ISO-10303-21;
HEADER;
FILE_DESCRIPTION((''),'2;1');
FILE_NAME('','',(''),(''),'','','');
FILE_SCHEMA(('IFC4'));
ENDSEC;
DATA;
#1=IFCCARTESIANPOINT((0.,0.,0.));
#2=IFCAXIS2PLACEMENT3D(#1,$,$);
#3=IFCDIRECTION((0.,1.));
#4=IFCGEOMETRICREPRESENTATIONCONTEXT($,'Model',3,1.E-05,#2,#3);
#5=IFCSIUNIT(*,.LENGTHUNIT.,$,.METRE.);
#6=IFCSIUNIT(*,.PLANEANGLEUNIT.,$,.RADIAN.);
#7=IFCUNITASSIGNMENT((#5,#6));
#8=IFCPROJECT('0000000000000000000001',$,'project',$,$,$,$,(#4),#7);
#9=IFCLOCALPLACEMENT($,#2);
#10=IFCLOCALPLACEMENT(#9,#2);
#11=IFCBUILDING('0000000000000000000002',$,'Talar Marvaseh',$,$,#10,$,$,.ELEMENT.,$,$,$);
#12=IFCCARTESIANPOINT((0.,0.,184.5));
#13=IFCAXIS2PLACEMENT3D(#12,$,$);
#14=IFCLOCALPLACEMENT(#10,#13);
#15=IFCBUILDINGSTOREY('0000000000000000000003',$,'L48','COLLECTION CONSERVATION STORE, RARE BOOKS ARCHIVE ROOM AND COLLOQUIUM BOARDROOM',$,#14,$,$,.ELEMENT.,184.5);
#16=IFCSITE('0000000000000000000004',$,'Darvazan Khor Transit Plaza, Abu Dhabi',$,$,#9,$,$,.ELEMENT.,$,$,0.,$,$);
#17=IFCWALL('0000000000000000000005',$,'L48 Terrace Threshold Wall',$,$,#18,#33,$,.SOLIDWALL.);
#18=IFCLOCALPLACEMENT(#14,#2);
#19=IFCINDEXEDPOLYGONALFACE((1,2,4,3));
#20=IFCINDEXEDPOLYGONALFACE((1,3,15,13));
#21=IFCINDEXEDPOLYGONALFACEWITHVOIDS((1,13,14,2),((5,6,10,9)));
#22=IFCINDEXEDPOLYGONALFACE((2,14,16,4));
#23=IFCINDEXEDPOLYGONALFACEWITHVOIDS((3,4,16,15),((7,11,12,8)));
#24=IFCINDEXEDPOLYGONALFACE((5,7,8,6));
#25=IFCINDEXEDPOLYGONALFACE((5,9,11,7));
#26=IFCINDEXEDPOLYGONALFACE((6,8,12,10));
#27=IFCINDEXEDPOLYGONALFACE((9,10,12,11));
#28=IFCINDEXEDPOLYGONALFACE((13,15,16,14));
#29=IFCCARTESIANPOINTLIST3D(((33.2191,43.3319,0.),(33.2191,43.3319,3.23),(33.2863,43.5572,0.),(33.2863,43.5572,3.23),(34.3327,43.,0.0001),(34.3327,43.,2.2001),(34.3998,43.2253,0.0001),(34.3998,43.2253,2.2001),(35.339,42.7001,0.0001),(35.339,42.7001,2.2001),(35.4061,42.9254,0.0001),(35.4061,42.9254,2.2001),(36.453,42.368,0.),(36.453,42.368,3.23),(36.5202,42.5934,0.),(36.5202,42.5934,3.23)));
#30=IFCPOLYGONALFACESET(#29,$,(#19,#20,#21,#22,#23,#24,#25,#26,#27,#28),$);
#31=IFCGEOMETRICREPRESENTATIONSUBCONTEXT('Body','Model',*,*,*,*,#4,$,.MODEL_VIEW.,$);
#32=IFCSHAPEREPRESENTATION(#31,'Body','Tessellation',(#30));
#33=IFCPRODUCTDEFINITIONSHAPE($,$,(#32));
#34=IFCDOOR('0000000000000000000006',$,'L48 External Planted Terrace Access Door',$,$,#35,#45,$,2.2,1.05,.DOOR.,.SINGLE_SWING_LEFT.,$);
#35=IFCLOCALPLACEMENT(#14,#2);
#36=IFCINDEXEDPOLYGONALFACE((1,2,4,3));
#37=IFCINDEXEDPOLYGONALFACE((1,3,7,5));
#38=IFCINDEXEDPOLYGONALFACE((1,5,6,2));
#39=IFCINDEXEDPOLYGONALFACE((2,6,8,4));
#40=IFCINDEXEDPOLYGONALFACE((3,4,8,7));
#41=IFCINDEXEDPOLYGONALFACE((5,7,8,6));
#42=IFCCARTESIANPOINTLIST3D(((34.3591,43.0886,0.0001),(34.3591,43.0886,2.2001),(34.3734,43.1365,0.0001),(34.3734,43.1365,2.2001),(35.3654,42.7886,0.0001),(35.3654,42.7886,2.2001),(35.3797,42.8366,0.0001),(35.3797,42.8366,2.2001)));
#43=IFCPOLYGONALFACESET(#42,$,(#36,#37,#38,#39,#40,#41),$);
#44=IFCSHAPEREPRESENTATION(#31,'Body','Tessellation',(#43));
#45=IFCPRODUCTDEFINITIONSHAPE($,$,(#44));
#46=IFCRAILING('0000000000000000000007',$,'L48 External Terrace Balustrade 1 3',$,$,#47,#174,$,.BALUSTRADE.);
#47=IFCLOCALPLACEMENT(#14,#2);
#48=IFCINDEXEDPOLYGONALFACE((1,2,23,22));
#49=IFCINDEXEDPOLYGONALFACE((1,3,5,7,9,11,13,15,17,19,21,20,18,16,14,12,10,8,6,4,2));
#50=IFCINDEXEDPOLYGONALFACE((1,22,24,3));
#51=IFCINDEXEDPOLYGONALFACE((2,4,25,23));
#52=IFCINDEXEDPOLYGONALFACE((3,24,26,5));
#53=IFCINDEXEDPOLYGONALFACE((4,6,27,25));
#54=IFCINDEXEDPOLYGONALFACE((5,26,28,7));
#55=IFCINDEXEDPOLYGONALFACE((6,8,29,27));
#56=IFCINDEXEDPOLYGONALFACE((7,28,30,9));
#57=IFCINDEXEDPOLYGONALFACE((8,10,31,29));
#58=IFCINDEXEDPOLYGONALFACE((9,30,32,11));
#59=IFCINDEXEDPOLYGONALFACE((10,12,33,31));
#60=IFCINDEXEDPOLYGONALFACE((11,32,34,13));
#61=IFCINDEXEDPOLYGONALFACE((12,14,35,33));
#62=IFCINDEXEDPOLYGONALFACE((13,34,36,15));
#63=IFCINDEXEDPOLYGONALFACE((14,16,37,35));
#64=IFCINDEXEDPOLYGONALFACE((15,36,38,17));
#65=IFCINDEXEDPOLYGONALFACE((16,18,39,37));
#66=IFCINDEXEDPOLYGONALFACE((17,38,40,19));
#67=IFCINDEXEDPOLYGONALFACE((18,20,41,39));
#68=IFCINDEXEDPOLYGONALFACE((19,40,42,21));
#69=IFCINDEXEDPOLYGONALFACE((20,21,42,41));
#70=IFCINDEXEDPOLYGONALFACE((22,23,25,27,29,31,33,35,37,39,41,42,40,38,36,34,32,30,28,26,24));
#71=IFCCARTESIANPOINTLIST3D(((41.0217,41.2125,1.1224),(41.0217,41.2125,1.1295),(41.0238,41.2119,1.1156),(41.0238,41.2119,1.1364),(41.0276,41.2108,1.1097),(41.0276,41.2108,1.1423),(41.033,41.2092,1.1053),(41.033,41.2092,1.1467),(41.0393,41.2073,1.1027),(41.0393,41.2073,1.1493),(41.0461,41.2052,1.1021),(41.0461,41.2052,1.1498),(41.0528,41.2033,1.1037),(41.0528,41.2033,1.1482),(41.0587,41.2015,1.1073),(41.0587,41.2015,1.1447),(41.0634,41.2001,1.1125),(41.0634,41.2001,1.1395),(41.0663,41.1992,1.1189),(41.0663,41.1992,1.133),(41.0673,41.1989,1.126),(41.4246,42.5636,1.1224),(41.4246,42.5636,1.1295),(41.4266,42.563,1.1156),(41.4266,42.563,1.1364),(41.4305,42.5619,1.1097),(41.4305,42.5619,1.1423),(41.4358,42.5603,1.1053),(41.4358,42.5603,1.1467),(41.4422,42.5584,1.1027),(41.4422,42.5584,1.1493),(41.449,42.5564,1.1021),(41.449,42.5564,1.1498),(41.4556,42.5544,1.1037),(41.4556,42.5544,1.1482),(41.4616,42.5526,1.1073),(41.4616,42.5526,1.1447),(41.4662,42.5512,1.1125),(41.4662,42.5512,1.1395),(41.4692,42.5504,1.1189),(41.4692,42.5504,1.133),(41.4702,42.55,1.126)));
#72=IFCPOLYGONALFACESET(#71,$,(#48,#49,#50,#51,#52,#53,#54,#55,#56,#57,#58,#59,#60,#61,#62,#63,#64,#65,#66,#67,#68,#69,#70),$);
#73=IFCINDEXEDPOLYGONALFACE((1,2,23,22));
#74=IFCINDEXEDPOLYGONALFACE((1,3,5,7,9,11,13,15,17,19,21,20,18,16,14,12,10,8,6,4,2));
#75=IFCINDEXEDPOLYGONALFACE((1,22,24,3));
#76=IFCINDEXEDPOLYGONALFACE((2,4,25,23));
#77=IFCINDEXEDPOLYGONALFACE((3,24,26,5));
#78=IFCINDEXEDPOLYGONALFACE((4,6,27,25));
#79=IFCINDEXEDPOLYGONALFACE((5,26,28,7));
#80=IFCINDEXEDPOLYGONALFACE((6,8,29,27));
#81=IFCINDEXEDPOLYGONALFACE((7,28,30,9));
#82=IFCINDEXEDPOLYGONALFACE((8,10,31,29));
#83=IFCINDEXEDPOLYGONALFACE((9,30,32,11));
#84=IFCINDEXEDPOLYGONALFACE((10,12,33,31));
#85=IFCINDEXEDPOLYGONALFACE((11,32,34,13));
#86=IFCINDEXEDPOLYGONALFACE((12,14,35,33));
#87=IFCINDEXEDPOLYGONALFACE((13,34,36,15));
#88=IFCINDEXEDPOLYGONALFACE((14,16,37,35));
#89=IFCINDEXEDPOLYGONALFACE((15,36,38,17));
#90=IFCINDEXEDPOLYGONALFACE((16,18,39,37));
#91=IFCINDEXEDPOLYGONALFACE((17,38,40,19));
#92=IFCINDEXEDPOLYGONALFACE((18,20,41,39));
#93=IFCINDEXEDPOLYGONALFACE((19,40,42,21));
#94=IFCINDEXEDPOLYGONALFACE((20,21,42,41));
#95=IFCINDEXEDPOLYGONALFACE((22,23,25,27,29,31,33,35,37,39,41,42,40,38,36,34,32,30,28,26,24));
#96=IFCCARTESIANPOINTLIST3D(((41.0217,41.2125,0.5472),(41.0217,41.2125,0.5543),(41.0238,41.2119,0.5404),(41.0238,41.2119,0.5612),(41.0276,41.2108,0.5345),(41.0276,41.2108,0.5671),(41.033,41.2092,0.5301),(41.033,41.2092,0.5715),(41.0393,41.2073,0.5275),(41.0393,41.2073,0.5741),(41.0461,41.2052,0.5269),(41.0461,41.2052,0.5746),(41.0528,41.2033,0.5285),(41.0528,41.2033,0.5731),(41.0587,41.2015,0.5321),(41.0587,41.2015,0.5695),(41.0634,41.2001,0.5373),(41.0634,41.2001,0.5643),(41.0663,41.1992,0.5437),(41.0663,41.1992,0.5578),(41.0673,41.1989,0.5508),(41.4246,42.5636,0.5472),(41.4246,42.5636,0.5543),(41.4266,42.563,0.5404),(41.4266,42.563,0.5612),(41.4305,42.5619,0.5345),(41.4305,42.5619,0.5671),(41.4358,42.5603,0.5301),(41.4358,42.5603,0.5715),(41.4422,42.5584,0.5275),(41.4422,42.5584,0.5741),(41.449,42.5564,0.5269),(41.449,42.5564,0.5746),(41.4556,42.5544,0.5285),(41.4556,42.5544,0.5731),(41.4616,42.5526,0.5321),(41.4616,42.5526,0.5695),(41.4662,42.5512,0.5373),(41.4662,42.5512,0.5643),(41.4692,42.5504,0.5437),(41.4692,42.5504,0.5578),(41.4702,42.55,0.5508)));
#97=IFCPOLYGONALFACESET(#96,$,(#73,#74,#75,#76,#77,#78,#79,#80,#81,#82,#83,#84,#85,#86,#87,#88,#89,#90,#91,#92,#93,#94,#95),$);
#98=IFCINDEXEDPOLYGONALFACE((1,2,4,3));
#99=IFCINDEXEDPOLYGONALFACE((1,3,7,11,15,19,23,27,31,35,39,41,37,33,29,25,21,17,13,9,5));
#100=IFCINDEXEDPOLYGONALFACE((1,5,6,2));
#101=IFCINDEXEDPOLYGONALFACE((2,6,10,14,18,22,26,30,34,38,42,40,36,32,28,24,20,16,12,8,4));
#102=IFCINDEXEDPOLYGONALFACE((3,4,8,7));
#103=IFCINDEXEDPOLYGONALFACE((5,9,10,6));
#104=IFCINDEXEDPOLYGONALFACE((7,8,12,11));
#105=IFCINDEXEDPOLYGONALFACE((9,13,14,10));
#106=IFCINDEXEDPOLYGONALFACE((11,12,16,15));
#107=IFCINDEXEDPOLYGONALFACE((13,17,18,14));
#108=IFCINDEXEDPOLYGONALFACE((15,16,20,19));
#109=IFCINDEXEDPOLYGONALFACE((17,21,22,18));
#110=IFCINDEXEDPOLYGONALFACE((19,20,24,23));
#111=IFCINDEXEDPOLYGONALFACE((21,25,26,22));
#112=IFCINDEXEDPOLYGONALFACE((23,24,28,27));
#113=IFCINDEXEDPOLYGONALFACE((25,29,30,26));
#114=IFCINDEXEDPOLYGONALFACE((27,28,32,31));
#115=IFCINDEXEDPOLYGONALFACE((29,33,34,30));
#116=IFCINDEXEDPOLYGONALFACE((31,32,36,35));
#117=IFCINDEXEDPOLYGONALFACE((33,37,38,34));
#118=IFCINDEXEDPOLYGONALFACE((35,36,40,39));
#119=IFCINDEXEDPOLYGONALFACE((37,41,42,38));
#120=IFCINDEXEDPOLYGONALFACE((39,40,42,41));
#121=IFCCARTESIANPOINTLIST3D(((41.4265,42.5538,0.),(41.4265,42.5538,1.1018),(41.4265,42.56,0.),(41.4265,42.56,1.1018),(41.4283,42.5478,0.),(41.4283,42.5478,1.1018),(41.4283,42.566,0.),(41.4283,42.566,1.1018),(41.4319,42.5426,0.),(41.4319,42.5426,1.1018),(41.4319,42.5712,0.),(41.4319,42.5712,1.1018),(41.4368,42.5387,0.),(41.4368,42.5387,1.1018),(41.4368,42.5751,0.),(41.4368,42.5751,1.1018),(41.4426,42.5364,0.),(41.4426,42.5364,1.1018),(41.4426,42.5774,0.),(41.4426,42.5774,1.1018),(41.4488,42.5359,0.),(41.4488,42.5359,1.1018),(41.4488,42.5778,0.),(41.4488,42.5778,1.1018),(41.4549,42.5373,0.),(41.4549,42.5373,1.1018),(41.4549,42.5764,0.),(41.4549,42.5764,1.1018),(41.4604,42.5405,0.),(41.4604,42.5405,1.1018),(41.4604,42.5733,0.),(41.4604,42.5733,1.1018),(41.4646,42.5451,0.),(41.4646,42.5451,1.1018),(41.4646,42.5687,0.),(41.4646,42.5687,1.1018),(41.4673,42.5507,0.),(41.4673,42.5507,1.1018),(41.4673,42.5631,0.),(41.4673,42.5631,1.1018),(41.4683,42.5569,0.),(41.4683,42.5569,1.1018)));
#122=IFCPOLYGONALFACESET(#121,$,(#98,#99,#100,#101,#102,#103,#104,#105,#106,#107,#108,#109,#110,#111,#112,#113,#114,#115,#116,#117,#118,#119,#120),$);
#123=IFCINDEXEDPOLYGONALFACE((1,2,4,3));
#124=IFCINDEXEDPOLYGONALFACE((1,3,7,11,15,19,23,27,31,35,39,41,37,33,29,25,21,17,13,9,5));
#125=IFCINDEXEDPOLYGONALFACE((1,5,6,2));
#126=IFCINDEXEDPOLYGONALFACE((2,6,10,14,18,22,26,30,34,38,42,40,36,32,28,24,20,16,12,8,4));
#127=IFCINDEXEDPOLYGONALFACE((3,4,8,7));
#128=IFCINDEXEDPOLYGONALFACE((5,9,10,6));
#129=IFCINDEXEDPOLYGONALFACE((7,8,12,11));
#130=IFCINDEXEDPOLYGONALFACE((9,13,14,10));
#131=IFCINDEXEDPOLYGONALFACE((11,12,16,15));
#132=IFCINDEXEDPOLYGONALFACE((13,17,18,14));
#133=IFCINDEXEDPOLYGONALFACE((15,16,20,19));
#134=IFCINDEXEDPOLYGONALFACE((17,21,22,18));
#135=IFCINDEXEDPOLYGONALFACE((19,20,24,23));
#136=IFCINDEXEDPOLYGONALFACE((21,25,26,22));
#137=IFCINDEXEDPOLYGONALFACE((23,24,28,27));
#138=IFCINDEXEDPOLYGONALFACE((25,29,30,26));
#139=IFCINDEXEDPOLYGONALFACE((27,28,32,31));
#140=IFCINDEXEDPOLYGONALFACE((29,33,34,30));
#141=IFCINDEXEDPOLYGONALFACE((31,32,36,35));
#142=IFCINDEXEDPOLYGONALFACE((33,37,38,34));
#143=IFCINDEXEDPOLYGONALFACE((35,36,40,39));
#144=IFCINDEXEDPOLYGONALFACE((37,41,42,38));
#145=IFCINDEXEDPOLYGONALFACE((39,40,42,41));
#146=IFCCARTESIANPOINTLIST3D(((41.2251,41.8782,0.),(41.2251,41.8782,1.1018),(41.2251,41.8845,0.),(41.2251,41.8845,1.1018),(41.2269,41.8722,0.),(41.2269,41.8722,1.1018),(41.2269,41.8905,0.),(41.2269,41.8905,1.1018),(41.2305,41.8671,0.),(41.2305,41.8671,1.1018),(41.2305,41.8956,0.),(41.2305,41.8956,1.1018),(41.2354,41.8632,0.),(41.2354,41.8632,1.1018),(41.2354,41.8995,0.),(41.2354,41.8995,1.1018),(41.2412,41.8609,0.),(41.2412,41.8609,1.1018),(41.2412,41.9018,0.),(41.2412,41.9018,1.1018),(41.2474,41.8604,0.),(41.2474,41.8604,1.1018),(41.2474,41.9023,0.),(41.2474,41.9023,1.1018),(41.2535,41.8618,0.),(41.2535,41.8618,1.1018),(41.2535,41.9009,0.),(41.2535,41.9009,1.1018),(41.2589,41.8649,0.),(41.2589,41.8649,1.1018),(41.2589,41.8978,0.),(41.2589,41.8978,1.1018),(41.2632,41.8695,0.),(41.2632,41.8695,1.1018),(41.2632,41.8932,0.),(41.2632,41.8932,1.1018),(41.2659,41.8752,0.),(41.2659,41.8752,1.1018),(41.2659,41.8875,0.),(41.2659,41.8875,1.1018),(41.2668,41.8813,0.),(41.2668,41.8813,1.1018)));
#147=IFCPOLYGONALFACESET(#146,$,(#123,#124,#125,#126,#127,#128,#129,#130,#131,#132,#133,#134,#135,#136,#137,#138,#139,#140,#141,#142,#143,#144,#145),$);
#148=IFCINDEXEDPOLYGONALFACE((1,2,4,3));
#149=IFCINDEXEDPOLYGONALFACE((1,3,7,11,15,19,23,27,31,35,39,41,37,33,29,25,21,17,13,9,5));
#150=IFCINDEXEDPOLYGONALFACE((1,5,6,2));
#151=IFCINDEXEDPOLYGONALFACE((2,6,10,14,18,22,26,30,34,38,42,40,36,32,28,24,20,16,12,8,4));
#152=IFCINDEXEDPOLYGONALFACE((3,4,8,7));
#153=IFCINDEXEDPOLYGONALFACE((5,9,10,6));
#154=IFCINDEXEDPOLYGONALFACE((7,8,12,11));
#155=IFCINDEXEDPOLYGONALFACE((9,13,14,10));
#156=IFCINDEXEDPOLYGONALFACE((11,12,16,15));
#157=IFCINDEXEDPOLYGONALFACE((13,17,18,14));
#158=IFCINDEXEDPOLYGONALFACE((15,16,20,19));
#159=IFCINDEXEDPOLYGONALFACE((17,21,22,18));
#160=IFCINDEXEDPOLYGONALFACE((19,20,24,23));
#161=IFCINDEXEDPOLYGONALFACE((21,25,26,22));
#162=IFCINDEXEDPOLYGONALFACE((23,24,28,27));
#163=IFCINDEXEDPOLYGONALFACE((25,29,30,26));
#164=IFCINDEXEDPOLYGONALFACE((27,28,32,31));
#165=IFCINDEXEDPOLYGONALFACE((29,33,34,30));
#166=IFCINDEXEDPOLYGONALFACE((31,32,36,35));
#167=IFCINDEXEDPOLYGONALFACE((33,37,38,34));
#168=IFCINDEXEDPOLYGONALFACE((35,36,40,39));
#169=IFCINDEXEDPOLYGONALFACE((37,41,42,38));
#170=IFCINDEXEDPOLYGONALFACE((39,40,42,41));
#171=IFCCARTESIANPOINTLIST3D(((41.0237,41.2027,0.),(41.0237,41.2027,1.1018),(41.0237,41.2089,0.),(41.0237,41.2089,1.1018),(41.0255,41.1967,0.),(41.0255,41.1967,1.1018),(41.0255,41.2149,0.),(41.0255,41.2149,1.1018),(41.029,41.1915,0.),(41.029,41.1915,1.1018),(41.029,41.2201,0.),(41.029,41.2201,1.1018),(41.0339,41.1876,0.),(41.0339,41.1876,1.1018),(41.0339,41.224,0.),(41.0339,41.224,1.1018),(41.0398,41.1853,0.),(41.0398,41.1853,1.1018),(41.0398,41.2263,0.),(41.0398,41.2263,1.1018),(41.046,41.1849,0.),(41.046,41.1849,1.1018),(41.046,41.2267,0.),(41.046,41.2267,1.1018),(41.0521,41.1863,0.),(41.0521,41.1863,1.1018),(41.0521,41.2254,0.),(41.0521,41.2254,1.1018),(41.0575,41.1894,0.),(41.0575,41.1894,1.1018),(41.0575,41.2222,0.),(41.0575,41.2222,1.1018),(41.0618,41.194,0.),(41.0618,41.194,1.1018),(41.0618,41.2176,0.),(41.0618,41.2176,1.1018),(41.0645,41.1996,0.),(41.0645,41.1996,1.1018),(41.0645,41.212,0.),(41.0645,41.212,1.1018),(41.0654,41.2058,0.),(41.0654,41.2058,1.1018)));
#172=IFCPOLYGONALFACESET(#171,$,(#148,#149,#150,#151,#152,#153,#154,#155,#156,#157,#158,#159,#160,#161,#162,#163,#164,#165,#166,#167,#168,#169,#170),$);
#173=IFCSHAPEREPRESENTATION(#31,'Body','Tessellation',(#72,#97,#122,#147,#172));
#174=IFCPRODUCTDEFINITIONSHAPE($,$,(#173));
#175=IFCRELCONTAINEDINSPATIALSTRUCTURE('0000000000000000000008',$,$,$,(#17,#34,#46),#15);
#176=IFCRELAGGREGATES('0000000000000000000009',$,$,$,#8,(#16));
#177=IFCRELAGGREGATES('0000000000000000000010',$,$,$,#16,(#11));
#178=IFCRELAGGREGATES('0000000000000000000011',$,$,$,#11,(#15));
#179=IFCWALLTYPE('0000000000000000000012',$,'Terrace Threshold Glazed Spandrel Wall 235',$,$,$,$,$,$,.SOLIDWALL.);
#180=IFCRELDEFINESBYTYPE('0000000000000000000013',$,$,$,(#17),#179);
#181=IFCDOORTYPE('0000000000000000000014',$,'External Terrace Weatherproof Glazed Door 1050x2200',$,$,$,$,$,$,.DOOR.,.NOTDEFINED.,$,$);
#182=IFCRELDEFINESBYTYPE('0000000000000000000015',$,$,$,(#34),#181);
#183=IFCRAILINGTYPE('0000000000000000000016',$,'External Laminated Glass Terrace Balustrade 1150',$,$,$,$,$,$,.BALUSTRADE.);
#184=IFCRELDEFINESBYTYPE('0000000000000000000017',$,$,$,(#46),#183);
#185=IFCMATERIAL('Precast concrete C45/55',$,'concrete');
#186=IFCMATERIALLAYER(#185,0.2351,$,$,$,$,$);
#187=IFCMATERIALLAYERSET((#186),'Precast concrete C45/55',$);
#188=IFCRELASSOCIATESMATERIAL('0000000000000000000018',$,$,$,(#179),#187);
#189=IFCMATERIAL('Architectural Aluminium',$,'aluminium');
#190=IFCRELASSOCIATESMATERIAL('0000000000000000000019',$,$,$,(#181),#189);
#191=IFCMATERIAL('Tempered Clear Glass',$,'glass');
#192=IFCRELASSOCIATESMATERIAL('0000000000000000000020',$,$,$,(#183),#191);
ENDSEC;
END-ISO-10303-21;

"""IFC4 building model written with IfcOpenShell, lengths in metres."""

from ifc_helpers import new_model, si_unit, direction, frame, frame_2d, origin, origin_2d, place, context, subcontext, project, spatial, rectangle, circle, extrude, source, transform, mapped, material, layer, layer_set, type_object, type_shapes, element, fill, save


model = new_model("IFC4")

# Units and contexts
model_context = context("Model", 3, precision=1e-05, world=origin(), true_north=direction((0.0, 1.0)))
body_context = subcontext(model_context, "Body", "Model", "MODEL_VIEW")
ifc_project = project(units=[si_unit("LENGTHUNIT", "METRE"), si_unit("PLANEANGLEUNIT", "RADIAN")], contexts=[model_context])

# Site, building, storey
site_placement = place(None, origin())
site = spatial("IfcSite", under=ifc_project, at=site_placement, Name="Darvazan Khor Transit Plaza, Abu Dhabi", CompositionType="ELEMENT", RefElevation=0.0)
building_placement = place(site_placement, origin())
building = spatial("IfcBuilding", under=site, at=building_placement, Name="Talar Marvaseh", CompositionType="ELEMENT")
storey_placement = place(building_placement, frame((0.0, 0.0, 184.5)))
storey = spatial("IfcBuildingStorey", under=building, at=storey_placement, Name="L48", Description="COLLECTION CONSERVATION STORE, RARE BOOKS ARCHIVE ROOM AND COLLOQUIUM BOARDROOM", CompositionType="ELEMENT", Elevation=184.5)

# Shared definitions
ifc_material_1 = material(Name="Architectural Aluminium", Category="aluminium")

# Shared definitions
ifc_material_2 = material(Name="Precast concrete C45/55", Category="concrete")

# Wall, opening, door
ifc_layer_1 = layer(ifc_material_2, 0.2351)
ifc_layer_set_1 = layer_set([ifc_layer_1], Name="Precast concrete C45/55")
wall_type_1 = type_object("IfcWallType", Name="Terrace Threshold Glazed Spandrel Wall 235", PredefinedType="SOLIDWALL", material=ifc_layer_set_1)
wall_1_placement = place(storey_placement, frame((33.2527, 43.4446, 0.0), z_axis=(0.0, 0.0, 1.0), x_axis=(0.958339, -0.285635, 0.0)))
wall_1 = element("IfcWall", 1, at=wall_1_placement, inside=storey, type_object=wall_type_1, Name="L48 Terrace Threshold Wall", PredefinedType="SOLIDWALL", context=body_context, shape_type="SweptSolid", body=[
    extrude(rectangle(XDim=3.3745, YDim=0.2351, at=frame_2d((1.6873, 0.0))), origin(), (0.0, 0.0, 1.0), 3.23),
])
opening_1_placement = place(wall_1_placement, frame((1.1621, 0.0, 0.0)))
opening_1 = element("IfcOpeningElement", 2, at=opening_1_placement, cuts=wall_1, PredefinedType="OPENING", context=body_context, shape_type="SweptSolid", body=[
    extrude(rectangle(XDim=1.05, YDim=2.2, at=frame_2d((0.5249, 1.1001))), frame((0.0, 0.1274, 0.0), z_axis=(0.0, -1.0, 0.0), x_axis=(1.0, 0.0, 0.0)), (0.0, 0.0, 1.0), 0.2551),
])
door_type = type_object("IfcDoorType", Name="External Terrace Weatherproof Glazed Door 1050x2200", OperationType="NOTDEFINED", PredefinedType="DOOR", material=ifc_material_1)
shared_shape_1 = source(origin(), body_context, "Body", "SweptSolid", [
    extrude(rectangle(XDim=1.05, YDim=2.2, at=frame_2d((0.5249, 1.1001))), frame((0.0, 0.0249, 0.0), z_axis=(0.0, -1.0, 0.0), x_axis=(1.0, 0.0, 0.0)), (0.0, 0.0, 1.0), 0.05),
])
type_shapes(door_type, [shared_shape_1])
door_placement = place(opening_1_placement, origin())
door = element("IfcDoor", 3, at=door_placement, inside=storey, type_object=door_type, Name="L48 External Planted Terrace Access Door", OperationType="SINGLE_SWING_LEFT", OverallHeight=2.2, OverallWidth=1.05, PredefinedType="DOOR", context=body_context, shape_type="MappedRepresentation", body=[
    mapped(shared_shape_1, transform((0.0, 0.0, 0.0), x_axis=(1.0, 0.0, 0.0), y_axis=(0.0, 1.0, 0.0), z_axis=(0.0, 0.0, 1.0), scale=1.0)),
])
fill(opening_1, door)

# Railing
ifc_material_3 = material(Name="Tempered Clear Glass", Category="glass")
railing_type = type_object("IfcRailingType", Name="External Laminated Glass Terrace Balustrade 1150", PredefinedType="BALUSTRADE", material=ifc_material_3)
railing_1_placement = place(storey_placement, frame((41.4473, 42.5569, 0.0)))
element("IfcRailing", 4, at=railing_1_placement, inside=storey, type_object=railing_type, Name="L48 External Terrace Balustrade 1 3", PredefinedType="BALUSTRADE", context=body_context, shape_type="SweptSolid", body=[
    extrude(circle(Radius=0.0239, at=origin_2d()), frame((0.0, 0.0, 1.126), z_axis=(-0.285727, -0.958311, 0.0), x_axis=(0.958311, -0.285727, 0.0)), (0.0, 0.0, 1.0), 1.4099),
    extrude(circle(Radius=0.0239, at=origin_2d()), frame((0.0, 0.0, 0.5508), z_axis=(-0.285727, -0.958311, 0.0), x_axis=(0.958311, -0.285727, 0.0)), (0.0, 0.0, 1.0), 1.4099),
    extrude(circle(Radius=0.021, at=origin_2d()), origin(), (0.0, 0.0, 1.0), 1.1018),
    extrude(circle(Radius=0.021, at=origin_2d()), frame((-0.2014, -0.6755, 0.0)), (0.0, 0.0, 1.0), 1.1018),
    extrude(circle(Radius=0.021, at=origin_2d()), frame((-0.4028, -1.3511, 0.0)), (0.0, 0.0, 1.0), 1.1018),
])

save(model, "model.ifc")
